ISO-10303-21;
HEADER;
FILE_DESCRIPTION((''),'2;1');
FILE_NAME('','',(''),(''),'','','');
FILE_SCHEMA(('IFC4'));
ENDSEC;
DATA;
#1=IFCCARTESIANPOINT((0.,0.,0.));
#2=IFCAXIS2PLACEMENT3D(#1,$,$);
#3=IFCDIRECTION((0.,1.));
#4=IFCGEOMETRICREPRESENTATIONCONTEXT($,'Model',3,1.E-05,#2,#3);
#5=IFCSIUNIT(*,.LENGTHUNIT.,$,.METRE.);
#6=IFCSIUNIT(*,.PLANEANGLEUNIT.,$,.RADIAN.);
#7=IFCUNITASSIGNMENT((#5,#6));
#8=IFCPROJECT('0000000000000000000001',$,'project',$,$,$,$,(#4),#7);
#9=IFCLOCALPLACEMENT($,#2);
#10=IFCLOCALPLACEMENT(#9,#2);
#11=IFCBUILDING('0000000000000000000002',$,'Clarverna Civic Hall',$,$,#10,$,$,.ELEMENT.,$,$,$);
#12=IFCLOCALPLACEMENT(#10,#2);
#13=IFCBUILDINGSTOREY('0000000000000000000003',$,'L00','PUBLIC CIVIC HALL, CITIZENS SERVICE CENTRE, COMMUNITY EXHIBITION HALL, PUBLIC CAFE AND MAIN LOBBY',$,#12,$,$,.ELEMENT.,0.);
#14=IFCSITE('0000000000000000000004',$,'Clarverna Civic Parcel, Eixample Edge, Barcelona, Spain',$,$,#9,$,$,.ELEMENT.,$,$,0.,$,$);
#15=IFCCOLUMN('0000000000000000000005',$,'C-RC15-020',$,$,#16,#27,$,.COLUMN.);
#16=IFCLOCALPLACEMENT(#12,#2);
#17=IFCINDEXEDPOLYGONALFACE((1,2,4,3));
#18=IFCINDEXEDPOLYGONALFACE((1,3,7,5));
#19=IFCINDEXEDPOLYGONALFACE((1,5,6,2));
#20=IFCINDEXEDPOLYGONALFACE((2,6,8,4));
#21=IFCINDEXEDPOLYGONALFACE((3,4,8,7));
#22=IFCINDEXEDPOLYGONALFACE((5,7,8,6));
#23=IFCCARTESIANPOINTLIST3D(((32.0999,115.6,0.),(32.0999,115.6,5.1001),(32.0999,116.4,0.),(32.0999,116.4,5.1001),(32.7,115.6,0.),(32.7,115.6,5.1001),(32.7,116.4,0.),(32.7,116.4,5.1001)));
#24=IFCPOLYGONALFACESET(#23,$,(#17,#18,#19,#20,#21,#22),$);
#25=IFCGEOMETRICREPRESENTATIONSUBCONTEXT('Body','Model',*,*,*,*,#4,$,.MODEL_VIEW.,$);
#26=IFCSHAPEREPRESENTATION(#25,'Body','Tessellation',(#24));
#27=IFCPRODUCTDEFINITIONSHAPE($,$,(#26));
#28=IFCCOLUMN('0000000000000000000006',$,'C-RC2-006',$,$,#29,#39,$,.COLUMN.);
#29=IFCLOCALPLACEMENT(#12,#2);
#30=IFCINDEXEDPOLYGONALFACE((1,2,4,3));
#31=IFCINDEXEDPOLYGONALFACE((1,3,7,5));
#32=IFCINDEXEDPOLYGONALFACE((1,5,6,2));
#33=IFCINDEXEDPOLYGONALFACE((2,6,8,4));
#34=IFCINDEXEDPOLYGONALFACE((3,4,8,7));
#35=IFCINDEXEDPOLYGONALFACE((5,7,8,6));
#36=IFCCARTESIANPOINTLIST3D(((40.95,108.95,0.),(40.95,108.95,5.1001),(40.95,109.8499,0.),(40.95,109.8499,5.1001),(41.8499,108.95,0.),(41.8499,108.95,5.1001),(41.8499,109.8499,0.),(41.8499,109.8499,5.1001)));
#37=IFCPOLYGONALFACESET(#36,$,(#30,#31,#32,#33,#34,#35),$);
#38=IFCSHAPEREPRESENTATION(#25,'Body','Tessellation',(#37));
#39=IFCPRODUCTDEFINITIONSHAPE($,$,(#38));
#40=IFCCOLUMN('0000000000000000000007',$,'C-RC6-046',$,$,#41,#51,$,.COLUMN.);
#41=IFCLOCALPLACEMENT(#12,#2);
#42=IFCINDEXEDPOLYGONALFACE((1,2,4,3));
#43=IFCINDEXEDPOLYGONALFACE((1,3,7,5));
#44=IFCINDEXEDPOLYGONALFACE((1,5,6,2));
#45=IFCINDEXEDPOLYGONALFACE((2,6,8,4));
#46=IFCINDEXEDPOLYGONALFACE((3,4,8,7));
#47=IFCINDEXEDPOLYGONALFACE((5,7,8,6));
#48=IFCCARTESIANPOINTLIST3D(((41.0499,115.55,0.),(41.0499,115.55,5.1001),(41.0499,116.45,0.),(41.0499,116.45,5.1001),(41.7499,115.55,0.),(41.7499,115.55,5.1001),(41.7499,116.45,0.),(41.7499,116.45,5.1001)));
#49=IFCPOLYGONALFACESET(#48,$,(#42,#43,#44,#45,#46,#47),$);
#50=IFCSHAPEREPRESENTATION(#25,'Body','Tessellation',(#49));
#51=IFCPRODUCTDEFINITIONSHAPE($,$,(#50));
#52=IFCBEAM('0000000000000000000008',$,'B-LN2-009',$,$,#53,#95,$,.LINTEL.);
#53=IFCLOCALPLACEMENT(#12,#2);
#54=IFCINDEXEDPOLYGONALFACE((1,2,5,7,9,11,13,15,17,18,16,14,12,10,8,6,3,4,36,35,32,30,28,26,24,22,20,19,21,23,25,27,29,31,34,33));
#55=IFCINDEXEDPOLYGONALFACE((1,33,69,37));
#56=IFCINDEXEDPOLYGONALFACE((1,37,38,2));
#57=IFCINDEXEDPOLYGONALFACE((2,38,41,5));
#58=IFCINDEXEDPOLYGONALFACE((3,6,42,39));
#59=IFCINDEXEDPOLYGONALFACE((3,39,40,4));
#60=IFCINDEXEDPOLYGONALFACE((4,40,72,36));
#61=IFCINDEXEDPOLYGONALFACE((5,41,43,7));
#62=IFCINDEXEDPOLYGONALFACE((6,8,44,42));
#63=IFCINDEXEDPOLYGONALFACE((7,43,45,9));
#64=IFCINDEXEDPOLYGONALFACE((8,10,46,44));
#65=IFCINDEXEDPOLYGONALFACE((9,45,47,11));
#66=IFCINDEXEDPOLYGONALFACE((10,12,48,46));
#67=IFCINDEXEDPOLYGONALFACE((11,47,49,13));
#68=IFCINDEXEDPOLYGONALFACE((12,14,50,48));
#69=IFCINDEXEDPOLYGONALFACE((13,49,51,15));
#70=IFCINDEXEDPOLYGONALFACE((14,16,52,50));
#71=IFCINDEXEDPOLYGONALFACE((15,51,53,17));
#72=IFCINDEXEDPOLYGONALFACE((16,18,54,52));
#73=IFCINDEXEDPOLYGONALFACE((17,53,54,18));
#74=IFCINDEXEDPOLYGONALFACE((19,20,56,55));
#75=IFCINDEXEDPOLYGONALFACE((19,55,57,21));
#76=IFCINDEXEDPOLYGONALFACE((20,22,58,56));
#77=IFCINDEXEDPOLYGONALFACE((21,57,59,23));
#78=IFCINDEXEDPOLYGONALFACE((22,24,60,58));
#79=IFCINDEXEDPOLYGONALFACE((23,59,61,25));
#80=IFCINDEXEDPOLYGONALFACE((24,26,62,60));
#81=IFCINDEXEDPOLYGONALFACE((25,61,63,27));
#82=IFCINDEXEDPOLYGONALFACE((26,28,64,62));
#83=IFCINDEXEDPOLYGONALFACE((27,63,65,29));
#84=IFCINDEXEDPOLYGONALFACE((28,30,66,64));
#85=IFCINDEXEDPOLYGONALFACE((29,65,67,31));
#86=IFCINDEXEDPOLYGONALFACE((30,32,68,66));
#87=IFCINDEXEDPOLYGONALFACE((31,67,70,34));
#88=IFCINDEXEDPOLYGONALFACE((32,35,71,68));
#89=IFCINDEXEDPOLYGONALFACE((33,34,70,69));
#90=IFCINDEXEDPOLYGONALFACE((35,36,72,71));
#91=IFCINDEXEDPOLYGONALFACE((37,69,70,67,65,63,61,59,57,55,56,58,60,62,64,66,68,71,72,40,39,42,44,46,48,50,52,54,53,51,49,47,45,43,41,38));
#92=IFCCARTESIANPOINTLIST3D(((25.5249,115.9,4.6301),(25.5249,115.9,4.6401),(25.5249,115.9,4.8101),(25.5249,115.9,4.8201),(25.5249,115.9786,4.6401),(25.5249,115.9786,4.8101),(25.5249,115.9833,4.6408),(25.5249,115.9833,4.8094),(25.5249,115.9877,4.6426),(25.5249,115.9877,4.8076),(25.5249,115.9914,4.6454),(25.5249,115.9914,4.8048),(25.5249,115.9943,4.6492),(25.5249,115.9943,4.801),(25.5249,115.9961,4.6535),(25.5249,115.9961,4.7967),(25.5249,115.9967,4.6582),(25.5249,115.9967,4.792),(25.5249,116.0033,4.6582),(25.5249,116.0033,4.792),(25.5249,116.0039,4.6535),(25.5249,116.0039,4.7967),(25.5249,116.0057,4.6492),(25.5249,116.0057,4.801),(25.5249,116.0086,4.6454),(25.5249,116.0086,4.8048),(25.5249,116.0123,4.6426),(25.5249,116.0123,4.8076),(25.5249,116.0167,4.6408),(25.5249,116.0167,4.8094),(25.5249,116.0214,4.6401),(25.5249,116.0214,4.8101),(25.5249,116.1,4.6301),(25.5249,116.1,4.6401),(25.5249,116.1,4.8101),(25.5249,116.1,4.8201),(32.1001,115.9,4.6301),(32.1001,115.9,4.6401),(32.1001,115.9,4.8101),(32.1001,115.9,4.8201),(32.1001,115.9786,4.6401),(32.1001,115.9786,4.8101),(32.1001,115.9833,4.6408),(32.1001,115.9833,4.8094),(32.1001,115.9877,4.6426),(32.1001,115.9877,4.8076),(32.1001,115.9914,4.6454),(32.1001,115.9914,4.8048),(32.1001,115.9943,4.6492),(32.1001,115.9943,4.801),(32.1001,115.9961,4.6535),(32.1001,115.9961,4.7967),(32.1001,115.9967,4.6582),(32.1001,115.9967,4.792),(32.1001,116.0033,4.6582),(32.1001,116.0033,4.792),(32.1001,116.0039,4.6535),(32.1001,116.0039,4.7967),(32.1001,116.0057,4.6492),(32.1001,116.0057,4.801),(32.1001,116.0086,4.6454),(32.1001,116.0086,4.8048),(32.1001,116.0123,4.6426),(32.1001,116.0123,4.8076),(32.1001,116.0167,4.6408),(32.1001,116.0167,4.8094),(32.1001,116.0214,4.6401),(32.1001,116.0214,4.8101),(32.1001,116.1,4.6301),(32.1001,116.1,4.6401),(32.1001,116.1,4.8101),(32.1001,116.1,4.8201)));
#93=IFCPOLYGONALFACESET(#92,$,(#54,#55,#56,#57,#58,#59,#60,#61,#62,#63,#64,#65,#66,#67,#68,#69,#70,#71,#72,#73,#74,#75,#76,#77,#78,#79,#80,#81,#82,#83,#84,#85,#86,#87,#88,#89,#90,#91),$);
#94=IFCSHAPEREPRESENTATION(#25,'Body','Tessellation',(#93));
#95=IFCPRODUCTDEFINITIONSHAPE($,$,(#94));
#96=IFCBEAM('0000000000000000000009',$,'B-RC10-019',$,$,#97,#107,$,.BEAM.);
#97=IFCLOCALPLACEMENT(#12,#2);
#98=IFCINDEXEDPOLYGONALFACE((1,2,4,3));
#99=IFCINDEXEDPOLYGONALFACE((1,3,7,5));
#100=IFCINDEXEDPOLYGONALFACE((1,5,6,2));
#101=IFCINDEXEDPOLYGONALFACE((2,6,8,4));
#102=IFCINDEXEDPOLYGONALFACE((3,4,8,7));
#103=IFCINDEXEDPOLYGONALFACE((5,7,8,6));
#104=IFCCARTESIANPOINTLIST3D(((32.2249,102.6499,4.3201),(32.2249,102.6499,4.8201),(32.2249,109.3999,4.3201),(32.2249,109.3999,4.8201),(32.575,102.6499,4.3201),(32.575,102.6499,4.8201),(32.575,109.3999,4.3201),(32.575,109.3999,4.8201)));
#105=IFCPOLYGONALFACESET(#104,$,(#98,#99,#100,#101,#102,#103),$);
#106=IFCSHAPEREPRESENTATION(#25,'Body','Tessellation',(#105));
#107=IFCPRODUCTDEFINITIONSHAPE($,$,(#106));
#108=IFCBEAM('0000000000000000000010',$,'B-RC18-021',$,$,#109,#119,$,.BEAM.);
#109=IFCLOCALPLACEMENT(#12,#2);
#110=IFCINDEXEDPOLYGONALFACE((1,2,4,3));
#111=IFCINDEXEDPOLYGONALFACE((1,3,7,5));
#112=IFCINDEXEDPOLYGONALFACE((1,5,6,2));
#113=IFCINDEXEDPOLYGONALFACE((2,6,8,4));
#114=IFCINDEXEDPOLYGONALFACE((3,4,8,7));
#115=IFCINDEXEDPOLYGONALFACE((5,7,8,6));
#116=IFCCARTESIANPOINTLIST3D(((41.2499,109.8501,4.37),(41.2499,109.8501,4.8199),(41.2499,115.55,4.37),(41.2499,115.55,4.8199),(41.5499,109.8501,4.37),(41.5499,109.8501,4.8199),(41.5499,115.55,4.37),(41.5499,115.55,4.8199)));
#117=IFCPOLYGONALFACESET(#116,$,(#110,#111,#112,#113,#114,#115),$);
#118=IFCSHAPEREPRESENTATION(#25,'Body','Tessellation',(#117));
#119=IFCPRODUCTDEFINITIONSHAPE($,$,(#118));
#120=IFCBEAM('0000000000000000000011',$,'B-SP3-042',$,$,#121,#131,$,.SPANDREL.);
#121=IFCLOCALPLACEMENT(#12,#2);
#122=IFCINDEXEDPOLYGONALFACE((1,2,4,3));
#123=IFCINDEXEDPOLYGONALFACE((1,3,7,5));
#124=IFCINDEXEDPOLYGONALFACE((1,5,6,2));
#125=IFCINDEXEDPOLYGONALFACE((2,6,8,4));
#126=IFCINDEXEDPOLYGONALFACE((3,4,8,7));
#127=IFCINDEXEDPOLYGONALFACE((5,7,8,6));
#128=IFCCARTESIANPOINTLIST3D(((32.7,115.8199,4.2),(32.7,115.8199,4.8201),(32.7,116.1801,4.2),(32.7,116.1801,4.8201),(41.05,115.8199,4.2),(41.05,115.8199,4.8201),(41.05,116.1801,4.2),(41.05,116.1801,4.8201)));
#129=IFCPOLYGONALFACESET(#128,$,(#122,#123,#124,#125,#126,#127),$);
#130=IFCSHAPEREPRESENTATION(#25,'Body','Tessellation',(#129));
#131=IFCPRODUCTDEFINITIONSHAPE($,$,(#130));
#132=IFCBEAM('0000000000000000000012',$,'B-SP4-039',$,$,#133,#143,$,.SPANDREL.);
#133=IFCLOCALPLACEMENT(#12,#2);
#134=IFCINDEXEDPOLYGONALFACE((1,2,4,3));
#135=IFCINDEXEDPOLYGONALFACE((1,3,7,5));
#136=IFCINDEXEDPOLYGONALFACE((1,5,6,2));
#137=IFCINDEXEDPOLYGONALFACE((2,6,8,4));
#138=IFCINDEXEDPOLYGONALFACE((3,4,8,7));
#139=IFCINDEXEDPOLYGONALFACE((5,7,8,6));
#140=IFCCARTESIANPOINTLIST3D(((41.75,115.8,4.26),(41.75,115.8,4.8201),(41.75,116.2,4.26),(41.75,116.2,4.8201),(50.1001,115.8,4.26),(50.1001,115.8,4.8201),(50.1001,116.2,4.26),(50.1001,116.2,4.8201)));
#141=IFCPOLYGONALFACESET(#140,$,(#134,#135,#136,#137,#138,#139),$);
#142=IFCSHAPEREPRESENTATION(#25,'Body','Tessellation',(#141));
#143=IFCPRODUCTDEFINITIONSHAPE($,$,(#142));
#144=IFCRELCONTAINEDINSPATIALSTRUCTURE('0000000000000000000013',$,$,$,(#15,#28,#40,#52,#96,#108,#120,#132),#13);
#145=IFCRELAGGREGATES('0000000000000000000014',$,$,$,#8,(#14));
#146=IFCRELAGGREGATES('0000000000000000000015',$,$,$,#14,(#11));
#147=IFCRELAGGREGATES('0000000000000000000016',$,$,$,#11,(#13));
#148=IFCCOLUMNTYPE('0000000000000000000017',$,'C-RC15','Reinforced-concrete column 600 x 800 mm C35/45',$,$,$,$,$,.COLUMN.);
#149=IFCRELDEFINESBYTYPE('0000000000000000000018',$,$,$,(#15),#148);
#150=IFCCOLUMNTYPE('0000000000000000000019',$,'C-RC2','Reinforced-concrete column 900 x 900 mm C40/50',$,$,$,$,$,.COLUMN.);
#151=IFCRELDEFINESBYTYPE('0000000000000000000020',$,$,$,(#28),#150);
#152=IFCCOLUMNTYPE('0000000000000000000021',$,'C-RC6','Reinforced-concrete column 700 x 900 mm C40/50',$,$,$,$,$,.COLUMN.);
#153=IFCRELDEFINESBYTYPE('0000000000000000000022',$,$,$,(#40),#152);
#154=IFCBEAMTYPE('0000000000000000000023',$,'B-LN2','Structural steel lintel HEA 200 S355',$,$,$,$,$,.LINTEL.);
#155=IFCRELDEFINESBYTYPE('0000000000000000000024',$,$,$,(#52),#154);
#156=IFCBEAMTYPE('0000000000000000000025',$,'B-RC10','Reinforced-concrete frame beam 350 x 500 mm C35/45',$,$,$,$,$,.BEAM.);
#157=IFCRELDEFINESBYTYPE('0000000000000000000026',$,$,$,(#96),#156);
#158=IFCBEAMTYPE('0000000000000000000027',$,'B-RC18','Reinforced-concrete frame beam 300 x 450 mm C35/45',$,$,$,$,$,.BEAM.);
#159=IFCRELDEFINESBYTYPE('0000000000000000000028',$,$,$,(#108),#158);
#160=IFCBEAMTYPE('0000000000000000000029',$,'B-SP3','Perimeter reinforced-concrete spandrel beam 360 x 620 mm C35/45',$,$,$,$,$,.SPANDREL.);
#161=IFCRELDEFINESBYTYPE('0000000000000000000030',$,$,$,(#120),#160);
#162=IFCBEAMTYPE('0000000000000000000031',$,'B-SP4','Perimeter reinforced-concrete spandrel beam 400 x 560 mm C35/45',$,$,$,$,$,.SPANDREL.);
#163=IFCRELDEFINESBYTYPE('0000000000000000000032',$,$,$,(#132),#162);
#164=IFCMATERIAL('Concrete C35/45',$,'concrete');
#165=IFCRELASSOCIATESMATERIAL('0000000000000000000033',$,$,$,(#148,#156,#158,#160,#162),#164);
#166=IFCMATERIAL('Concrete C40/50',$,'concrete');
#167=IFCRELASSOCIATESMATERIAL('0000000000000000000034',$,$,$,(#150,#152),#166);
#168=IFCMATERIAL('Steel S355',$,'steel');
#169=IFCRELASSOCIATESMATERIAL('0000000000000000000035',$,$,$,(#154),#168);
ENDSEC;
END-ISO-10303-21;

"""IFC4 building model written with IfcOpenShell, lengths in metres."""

from ifc_helpers import new_model, si_unit, direction, frame, origin, origin_2d, place, context, subcontext, project, spatial, rectangle, i_section, extrude, material, material_profile, profile_set, type_object, element, save


model = new_model("IFC4")

# Units and contexts
model_context = context("Model", 3, precision=1e-05, world=origin(), true_north=direction((0.0, 1.0)))
body_context = subcontext(model_context, "Body", "Model", "MODEL_VIEW")
ifc_project = project(units=[si_unit("LENGTHUNIT", "METRE"), si_unit("PLANEANGLEUNIT", "RADIAN")], contexts=[model_context])

# Site, building, storey
site_placement = place(None, origin())
site = spatial("IfcSite", under=ifc_project, at=site_placement, Name="Clarverna Civic Parcel, Eixample Edge, Barcelona, Spain", CompositionType="ELEMENT", RefElevation=0.0)
building_placement = place(site_placement, origin())
building = spatial("IfcBuilding", under=site, at=building_placement, Name="Clarverna Civic Hall", CompositionType="ELEMENT")
storey_placement = place(building_placement, origin())
storey = spatial("IfcBuildingStorey", under=building, at=storey_placement, Name="L00", Description="PUBLIC CIVIC HALL, CITIZENS SERVICE CENTRE, COMMUNITY EXHIBITION HALL, PUBLIC CAFE AND MAIN LOBBY", CompositionType="ELEMENT", Elevation=0.0)

# Columns
ifc_material_1 = material(Name="Concrete C35/45", Category="concrete")
ifc_material_profile_1 = material_profile(ifc_material_1, rectangle(XDim=0.6001, YDim=0.8, at=origin_2d()), Name="RC 600x800")
ifc_profile_set_1 = profile_set([ifc_material_profile_1], Name="Concrete C35/45")
column_type_1 = type_object("IfcColumnType", Name="C-RC15", Description="Reinforced-concrete column 600 x 800 mm C35/45", PredefinedType="COLUMN", material=ifc_profile_set_1)
column_1_placement = place(storey_placement, frame((32.3999, 116.0, 0.0), z_axis=(0.0, 0.0, 1.0), x_axis=(1.0, 0.0, 0.0)))
element("IfcColumn", 1, at=column_1_placement, inside=storey, type_object=column_type_1, Name="C-RC15-020", PredefinedType="COLUMN", context=body_context, shape_type="SweptSolid", body=[
    extrude(rectangle(XDim=0.6001, YDim=0.8, at=origin_2d()), origin(), (0.0, 0.0, 1.0), 5.1001),
])
ifc_material_2 = material(Name="Concrete C40/50", Category="concrete")
ifc_material_profile_2 = material_profile(ifc_material_2, rectangle(XDim=0.8999, YDim=0.8999, at=origin_2d()), Name="RC 900x900")
ifc_profile_set_2 = profile_set([ifc_material_profile_2], Name="Concrete C40/50")
column_type_2 = type_object("IfcColumnType", Name="C-RC2", Description="Reinforced-concrete column 900 x 900 mm C40/50", PredefinedType="COLUMN", material=ifc_profile_set_2)
column_2_placement = place(storey_placement, frame((41.3999, 109.3999, 0.0), z_axis=(0.0, 0.0, 1.0), x_axis=(1.0, 0.0, 0.0)))
element("IfcColumn", 2, at=column_2_placement, inside=storey, type_object=column_type_2, Name="C-RC2-006", PredefinedType="COLUMN", context=body_context, shape_type="SweptSolid", body=[
    extrude(rectangle(XDim=0.8999, YDim=0.8999, at=origin_2d()), origin(), (0.0, 0.0, 1.0), 5.1001),
])
ifc_material_profile_3 = material_profile(ifc_material_2, rectangle(XDim=0.7, YDim=0.8999, at=origin_2d()), Name="RC 700x900")
ifc_profile_set_3 = profile_set([ifc_material_profile_3], Name="Concrete C40/50")
column_type_3 = type_object("IfcColumnType", Name="C-RC6", Description="Reinforced-concrete column 700 x 900 mm C40/50", PredefinedType="COLUMN", material=ifc_profile_set_3)
column_3_placement = place(storey_placement, frame((41.3999, 116.0, 0.0), z_axis=(0.0, 0.0, 1.0), x_axis=(1.0, 0.0, 0.0)))
element("IfcColumn", 3, at=column_3_placement, inside=storey, type_object=column_type_3, Name="C-RC6-046", PredefinedType="COLUMN", context=body_context, shape_type="SweptSolid", body=[
    extrude(rectangle(XDim=0.7, YDim=0.8999, at=origin_2d()), origin(), (0.0, 0.0, 1.0), 5.1001),
])

# Beams
ifc_material_3 = material(Name="Steel S355", Category="steel")
ifc_material_profile_4 = material_profile(ifc_material_3, i_section(OverallWidth=0.2, OverallDepth=0.1899, WebThickness=0.0066, FlangeThickness=0.01, FilletRadius=0.0181, at=origin_2d()), Name="HEA 200")
ifc_profile_set_4 = profile_set([ifc_material_profile_4], Name="Steel S355")
beam_type_1 = type_object("IfcBeamType", Name="B-LN2", Description="Structural steel lintel HEA 200 S355", PredefinedType="LINTEL", material=ifc_profile_set_4)
beam_1_placement = place(storey_placement, frame((25.5249, 116.0, 4.7251), z_axis=(1.0, 0.0, 0.0), x_axis=(0.0, 1.0, 0.0)))
element("IfcBeam", 4, at=beam_1_placement, inside=storey, type_object=beam_type_1, Name="B-LN2-009", PredefinedType="LINTEL", context=body_context, shape_type="SweptSolid", body=[
    extrude(i_section(OverallWidth=0.2, OverallDepth=0.1899, WebThickness=0.0066, FlangeThickness=0.01, FilletRadius=0.0181, at=origin_2d()), origin(), (0.0, 0.0, 1.0), 6.5752),
])
ifc_material_profile_5 = material_profile(ifc_material_1, rectangle(XDim=0.3501, YDim=0.5, at=origin_2d()), Name="RC 350x500")
ifc_profile_set_5 = profile_set([ifc_material_profile_5], Name="Concrete C35/45")
beam_type_2 = type_object("IfcBeamType", Name="B-RC10", Description="Reinforced-concrete frame beam 350 x 500 mm C35/45", PredefinedType="BEAM", material=ifc_profile_set_5)
beam_2_placement = place(storey_placement, frame((32.3999, 102.6499, 4.5701), z_axis=(0.0, 1.0, 0.0), x_axis=(-1.0, 0.0, 0.0)))
element("IfcBeam", 5, at=beam_2_placement, inside=storey, type_object=beam_type_2, Name="B-RC10-019", PredefinedType="BEAM", context=body_context, shape_type="SweptSolid", body=[
    extrude(rectangle(XDim=0.3501, YDim=0.5, at=origin_2d()), origin(), (0.0, 0.0, 1.0), 6.75),
])
ifc_material_profile_6 = material_profile(ifc_material_1, rectangle(XDim=0.3, YDim=0.45, at=origin_2d()), Name="RC 300x450")
ifc_profile_set_6 = profile_set([ifc_material_profile_6], Name="Concrete C35/45")
beam_type_3 = type_object("IfcBeamType", Name="B-RC18", Description="Reinforced-concrete frame beam 300 x 450 mm C35/45", PredefinedType="BEAM", material=ifc_profile_set_6)
beam_3_placement = place(storey_placement, frame((41.3999, 109.8501, 4.595), z_axis=(0.0, 1.0, 0.0), x_axis=(-1.0, 0.0, 0.0)))
element("IfcBeam", 6, at=beam_3_placement, inside=storey, type_object=beam_type_3, Name="B-RC18-021", PredefinedType="BEAM", context=body_context, shape_type="SweptSolid", body=[
    extrude(rectangle(XDim=0.3, YDim=0.45, at=origin_2d()), origin(), (0.0, 0.0, 1.0), 5.7),
])
ifc_material_profile_7 = material_profile(ifc_material_1, rectangle(XDim=0.3601, YDim=0.6201, at=origin_2d()), Name="RC 360x620")
ifc_profile_set_7 = profile_set([ifc_material_profile_7], Name="Concrete C35/45")
beam_type_4 = type_object("IfcBeamType", Name="B-SP3", Description="Perimeter reinforced-concrete spandrel beam 360 x 620 mm C35/45", PredefinedType="SPANDREL", material=ifc_profile_set_7)
beam_4_placement = place(storey_placement, frame((32.7, 116.0, 4.51), z_axis=(1.0, 0.0, 0.0), x_axis=(0.0, 1.0, 0.0)))
element("IfcBeam", 7, at=beam_4_placement, inside=storey, type_object=beam_type_4, Name="B-SP3-042", PredefinedType="SPANDREL", context=body_context, shape_type="SweptSolid", body=[
    extrude(rectangle(XDim=0.3601, YDim=0.6201, at=origin_2d()), origin(), (0.0, 0.0, 1.0), 8.3501),
])
ifc_material_profile_8 = material_profile(ifc_material_1, rectangle(XDim=0.3999, YDim=0.5601, at=origin_2d()), Name="RC 400x560")
ifc_profile_set_8 = profile_set([ifc_material_profile_8], Name="Concrete C35/45")
beam_type_5 = type_object("IfcBeamType", Name="B-SP4", Description="Perimeter reinforced-concrete spandrel beam 400 x 560 mm C35/45", PredefinedType="SPANDREL", material=ifc_profile_set_8)
beam_5_placement = place(storey_placement, frame((41.75, 116.0, 4.54), z_axis=(1.0, 0.0, 0.0), x_axis=(0.0, 1.0, 0.0)))
element("IfcBeam", 8, at=beam_5_placement, inside=storey, type_object=beam_type_5, Name="B-SP4-039", PredefinedType="SPANDREL", context=body_context, shape_type="SweptSolid", body=[
    extrude(rectangle(XDim=0.3999, YDim=0.5601, at=origin_2d()), origin(), (0.0, 0.0, 1.0), 8.3501),
])

save(model, "model.ifc")
